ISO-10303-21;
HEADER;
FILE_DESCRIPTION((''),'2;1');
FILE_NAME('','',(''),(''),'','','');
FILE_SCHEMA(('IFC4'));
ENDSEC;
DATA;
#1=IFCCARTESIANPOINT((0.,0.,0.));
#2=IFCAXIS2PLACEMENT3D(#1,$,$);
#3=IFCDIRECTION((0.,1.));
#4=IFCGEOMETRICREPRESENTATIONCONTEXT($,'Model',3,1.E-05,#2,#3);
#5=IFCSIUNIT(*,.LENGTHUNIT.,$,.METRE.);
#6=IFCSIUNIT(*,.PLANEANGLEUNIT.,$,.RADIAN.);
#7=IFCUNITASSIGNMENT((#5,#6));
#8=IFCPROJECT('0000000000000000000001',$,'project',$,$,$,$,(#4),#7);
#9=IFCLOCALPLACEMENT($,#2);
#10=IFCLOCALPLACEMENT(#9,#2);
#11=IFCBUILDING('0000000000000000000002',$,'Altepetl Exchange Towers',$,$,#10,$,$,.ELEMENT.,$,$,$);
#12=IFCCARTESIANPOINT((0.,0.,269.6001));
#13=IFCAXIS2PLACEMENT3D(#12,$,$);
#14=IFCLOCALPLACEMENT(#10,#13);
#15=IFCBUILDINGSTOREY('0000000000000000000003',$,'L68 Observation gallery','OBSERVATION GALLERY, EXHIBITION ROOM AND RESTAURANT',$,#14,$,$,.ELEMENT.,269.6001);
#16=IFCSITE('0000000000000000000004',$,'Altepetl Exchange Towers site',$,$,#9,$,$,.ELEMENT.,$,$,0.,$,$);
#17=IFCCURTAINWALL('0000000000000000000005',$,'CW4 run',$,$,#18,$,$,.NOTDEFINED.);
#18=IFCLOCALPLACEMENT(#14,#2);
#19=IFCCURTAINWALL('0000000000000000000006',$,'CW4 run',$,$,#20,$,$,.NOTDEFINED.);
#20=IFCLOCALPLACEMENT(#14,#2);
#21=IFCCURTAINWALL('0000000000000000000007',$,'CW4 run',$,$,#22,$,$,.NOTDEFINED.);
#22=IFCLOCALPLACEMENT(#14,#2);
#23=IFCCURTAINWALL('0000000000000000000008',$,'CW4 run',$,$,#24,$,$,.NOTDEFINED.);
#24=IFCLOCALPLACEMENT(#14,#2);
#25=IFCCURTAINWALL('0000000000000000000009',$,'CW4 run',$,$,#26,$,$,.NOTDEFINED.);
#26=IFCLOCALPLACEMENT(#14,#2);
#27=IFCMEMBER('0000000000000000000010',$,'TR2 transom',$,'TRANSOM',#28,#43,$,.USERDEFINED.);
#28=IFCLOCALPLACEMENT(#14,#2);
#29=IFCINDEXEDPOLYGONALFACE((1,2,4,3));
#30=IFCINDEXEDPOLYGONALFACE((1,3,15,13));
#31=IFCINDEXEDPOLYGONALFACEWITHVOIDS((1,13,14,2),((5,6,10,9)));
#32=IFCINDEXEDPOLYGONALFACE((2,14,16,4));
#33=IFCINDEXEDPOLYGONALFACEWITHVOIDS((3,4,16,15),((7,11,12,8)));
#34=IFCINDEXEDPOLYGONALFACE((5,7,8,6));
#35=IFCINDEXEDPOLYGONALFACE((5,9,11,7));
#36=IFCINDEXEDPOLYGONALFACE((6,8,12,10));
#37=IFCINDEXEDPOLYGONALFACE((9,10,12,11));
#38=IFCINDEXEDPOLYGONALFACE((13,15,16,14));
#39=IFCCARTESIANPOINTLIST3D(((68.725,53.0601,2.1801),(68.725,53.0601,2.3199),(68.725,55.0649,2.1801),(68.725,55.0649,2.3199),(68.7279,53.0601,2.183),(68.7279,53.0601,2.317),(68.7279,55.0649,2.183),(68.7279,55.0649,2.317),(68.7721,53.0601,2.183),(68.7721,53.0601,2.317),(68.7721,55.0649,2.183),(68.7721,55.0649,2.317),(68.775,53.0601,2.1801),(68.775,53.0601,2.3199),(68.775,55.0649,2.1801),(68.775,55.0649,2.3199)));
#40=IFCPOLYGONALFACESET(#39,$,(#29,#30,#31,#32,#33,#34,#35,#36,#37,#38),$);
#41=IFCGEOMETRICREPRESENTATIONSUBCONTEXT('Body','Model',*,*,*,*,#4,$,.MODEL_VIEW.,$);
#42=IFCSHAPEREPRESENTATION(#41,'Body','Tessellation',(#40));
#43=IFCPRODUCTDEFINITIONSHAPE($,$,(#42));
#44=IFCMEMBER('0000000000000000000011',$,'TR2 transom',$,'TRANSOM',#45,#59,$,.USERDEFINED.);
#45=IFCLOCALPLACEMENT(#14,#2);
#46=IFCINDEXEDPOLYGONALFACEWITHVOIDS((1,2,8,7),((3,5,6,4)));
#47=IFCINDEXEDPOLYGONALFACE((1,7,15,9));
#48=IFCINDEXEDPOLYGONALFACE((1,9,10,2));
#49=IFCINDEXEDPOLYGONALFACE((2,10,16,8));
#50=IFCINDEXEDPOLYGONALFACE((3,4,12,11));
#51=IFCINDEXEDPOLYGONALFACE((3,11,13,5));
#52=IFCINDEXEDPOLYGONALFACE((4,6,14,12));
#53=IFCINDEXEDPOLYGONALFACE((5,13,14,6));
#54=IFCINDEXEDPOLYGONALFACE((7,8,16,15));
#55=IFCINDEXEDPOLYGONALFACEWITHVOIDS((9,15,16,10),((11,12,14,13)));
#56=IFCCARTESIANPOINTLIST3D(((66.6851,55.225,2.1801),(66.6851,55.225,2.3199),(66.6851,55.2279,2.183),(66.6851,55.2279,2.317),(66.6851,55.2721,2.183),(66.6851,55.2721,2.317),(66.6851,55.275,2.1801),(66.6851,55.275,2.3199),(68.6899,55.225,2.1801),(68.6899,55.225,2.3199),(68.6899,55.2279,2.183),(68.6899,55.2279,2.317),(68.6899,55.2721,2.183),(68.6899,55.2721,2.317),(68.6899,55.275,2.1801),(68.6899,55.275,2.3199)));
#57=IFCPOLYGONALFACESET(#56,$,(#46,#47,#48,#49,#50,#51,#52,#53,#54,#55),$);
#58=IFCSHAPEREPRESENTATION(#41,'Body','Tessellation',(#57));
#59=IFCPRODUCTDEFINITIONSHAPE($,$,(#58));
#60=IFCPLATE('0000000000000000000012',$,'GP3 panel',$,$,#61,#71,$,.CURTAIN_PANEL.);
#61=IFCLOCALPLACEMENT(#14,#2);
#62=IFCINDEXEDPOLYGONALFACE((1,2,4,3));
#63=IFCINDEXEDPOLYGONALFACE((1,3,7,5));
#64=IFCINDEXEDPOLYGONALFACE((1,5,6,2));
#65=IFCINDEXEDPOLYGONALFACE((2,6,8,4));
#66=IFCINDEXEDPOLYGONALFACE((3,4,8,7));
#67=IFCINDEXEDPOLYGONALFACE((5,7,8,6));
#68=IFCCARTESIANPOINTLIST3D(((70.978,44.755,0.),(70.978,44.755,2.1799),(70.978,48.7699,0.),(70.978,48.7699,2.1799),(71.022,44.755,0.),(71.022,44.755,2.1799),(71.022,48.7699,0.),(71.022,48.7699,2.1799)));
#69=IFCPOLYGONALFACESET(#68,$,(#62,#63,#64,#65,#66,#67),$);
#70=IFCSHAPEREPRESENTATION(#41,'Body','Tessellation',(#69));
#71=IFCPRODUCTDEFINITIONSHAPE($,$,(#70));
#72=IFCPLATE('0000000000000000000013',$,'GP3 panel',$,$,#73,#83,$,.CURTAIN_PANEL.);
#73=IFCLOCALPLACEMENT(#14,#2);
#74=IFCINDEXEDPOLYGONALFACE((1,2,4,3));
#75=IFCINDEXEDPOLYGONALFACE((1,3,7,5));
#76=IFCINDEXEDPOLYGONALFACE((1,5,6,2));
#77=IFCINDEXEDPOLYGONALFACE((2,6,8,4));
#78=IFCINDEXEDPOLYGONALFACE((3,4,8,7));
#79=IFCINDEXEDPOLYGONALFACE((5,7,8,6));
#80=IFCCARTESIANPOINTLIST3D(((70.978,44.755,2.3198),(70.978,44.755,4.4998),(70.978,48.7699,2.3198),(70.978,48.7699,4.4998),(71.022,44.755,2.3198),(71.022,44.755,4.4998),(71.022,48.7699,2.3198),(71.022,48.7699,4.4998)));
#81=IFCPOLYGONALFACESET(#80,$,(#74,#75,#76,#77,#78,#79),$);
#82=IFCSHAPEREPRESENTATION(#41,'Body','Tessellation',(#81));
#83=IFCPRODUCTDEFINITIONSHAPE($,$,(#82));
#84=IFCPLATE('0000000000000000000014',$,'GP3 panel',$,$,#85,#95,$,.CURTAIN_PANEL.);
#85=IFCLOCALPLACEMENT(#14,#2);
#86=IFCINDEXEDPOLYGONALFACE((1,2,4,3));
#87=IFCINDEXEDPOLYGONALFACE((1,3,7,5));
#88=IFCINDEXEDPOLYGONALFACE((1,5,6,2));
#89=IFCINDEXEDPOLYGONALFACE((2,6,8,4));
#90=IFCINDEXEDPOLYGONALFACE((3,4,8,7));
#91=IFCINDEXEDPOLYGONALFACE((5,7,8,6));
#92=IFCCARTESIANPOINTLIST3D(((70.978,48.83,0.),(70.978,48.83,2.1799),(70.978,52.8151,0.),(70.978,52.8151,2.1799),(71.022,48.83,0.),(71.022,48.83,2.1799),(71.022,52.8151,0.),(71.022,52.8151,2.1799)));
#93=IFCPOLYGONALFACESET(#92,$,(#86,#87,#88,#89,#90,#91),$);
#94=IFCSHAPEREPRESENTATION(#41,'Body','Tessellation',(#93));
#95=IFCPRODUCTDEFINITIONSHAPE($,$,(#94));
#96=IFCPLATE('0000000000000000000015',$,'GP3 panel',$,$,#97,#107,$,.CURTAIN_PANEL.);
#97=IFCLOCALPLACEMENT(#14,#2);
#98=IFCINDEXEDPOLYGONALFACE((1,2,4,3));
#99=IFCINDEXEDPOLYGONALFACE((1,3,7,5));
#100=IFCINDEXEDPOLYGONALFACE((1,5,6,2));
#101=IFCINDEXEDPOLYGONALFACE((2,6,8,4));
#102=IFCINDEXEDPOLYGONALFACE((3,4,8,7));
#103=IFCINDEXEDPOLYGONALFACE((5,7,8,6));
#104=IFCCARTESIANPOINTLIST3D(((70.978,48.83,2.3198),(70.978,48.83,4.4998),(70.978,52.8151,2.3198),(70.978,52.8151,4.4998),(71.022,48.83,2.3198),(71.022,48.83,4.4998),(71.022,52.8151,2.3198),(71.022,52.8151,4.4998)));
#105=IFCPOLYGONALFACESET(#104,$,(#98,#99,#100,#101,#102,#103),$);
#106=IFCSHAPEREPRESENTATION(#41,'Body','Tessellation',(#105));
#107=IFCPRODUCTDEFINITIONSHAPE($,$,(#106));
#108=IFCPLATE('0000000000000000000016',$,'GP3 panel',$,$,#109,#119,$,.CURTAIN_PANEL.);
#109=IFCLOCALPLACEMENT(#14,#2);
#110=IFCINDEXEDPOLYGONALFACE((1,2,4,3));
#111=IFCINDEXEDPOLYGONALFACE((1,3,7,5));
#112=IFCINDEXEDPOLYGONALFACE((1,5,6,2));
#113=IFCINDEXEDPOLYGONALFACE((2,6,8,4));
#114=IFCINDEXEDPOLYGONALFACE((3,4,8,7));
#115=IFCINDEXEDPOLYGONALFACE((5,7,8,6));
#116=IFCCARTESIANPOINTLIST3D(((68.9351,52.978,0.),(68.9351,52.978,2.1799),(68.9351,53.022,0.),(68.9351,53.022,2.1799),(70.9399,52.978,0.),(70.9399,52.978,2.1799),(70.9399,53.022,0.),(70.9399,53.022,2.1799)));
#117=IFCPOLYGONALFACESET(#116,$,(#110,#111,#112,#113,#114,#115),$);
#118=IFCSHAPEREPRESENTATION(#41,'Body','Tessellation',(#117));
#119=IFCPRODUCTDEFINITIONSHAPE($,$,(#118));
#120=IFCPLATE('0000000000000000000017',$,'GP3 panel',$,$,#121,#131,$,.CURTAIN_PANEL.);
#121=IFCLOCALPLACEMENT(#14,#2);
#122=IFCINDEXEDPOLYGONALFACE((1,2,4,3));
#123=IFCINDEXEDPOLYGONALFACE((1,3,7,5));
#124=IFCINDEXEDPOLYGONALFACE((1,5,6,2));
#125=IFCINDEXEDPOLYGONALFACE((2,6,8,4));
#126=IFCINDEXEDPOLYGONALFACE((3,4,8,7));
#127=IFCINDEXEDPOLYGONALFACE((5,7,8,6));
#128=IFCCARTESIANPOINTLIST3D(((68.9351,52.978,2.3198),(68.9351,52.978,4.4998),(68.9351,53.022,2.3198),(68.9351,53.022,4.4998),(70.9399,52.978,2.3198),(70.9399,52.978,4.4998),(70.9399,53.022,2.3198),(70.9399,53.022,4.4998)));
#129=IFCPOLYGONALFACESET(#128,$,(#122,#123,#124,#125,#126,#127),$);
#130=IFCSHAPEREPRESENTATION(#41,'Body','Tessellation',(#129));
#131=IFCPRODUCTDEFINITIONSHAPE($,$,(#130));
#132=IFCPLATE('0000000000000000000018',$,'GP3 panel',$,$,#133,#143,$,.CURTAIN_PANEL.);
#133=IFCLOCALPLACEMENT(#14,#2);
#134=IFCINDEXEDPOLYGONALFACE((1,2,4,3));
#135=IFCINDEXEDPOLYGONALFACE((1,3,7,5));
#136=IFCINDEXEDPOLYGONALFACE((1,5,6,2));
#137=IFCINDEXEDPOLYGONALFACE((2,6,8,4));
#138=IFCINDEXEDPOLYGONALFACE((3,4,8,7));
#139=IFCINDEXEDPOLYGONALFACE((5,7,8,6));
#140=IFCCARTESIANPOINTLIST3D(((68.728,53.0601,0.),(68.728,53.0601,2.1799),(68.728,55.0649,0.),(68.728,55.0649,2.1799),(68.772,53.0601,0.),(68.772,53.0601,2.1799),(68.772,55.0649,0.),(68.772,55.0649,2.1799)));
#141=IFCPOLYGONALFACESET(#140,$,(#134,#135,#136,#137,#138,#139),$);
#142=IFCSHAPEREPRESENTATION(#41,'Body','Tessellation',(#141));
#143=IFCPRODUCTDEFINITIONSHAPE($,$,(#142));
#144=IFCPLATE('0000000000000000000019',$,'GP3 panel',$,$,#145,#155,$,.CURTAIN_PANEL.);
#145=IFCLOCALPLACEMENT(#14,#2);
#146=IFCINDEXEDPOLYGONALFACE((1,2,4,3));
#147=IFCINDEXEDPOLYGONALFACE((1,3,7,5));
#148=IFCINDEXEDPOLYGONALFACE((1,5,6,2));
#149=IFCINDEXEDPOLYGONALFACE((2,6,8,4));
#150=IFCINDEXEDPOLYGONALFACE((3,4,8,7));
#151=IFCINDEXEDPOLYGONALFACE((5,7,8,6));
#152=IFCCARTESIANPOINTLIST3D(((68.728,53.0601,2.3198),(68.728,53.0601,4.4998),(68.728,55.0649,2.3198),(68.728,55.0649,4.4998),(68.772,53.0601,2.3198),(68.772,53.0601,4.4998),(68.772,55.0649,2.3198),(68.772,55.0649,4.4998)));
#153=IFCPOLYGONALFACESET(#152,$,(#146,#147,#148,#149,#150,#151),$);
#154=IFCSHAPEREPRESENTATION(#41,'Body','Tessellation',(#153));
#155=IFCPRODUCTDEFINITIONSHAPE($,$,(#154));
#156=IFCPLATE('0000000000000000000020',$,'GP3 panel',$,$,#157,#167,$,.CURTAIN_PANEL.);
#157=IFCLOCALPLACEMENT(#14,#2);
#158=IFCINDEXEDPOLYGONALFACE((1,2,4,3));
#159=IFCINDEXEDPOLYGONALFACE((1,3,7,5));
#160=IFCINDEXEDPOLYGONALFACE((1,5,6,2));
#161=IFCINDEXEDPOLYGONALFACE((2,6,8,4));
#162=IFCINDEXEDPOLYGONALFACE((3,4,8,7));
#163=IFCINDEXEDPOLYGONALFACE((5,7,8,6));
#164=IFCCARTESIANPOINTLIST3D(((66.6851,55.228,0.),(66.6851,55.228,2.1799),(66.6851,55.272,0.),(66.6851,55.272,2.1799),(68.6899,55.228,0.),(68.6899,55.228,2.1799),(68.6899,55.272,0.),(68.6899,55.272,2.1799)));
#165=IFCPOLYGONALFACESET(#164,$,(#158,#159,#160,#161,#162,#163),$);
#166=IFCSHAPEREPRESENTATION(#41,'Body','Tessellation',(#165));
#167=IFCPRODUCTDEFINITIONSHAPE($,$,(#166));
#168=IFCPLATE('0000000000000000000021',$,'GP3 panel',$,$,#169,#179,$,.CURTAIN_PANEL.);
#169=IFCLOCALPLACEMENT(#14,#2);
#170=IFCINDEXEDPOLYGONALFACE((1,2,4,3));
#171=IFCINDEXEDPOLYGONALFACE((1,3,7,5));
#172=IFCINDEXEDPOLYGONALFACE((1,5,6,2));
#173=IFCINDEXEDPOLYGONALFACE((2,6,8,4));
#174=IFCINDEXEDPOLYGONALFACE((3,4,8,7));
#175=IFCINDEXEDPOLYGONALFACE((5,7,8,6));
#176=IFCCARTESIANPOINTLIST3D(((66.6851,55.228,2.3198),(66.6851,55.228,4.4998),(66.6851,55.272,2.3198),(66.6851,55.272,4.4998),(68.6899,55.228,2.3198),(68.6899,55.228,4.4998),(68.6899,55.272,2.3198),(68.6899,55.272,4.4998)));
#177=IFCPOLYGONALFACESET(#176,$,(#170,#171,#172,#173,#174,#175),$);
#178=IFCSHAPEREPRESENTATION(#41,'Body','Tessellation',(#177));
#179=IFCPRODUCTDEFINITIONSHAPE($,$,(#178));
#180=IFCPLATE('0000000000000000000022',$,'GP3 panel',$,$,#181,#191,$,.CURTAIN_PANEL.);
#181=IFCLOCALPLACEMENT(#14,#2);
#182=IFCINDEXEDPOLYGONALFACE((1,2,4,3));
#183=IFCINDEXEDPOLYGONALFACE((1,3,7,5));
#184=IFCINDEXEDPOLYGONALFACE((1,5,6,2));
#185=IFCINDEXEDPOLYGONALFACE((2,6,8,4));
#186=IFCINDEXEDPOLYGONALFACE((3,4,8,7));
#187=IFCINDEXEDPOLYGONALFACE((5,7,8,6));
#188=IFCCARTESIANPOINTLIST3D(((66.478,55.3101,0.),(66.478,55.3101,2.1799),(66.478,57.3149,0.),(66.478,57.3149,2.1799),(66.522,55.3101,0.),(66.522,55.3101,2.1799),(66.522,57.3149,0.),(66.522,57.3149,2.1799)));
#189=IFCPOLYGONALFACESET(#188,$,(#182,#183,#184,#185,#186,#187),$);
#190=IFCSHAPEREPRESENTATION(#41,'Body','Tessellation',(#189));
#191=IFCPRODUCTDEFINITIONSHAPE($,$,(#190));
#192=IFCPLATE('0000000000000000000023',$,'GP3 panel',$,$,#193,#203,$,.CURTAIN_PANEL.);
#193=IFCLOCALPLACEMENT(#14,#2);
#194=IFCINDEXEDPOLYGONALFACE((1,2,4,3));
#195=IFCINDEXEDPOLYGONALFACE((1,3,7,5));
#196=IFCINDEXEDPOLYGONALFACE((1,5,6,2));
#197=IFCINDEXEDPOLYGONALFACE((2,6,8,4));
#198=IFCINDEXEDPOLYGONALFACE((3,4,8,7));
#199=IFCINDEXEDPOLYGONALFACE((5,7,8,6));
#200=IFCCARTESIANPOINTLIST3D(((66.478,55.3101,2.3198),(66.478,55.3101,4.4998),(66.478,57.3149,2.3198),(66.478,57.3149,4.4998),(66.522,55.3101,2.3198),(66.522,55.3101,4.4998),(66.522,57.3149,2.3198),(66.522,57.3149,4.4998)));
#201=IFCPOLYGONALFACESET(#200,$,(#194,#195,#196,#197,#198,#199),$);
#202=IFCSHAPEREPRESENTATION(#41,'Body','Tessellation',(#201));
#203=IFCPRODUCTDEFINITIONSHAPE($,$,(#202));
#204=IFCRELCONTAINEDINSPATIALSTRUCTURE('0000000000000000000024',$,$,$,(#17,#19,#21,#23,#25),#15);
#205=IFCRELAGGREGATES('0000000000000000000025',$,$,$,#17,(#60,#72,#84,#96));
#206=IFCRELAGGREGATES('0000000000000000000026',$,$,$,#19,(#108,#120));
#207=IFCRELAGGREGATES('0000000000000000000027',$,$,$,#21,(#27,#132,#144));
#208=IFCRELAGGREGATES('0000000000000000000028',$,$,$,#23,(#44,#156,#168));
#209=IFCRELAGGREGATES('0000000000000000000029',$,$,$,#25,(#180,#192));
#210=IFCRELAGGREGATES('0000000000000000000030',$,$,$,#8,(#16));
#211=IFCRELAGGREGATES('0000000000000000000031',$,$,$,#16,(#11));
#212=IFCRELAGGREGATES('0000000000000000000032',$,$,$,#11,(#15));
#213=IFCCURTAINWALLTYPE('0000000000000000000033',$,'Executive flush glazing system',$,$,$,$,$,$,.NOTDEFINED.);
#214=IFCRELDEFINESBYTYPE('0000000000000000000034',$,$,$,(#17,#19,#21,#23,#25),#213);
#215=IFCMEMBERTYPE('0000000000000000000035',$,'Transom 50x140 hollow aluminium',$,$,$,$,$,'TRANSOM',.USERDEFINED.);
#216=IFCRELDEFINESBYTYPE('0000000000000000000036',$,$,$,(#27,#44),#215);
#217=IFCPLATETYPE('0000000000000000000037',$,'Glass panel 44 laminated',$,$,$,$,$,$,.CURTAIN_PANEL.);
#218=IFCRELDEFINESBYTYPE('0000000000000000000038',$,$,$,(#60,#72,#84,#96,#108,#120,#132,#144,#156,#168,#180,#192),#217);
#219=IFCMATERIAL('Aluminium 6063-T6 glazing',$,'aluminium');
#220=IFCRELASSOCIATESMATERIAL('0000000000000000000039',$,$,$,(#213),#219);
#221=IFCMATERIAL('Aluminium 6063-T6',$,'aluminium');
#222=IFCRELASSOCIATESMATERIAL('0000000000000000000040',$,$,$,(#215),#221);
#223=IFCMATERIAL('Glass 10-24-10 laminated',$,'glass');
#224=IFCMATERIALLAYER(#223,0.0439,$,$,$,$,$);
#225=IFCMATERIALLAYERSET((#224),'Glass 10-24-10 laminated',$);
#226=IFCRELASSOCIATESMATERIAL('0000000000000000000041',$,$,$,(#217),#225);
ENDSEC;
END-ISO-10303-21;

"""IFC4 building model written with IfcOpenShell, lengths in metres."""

from ifc_helpers import new_model, si_unit, direction, frame, origin, origin_2d, place, context, subcontext, project, spatial, rectangle, hollow_rectangle, extrude, material, layer, layer_set, material_profile, profile_set, type_object, element, aggregate, save


model = new_model("IFC4")

# Units and contexts
model_context = context("Model", 3, precision=1e-05, world=origin(), true_north=direction((0.0, 1.0)))
body_context = subcontext(model_context, "Body", "Model", "MODEL_VIEW")
ifc_project = project(units=[si_unit("LENGTHUNIT", "METRE"), si_unit("PLANEANGLEUNIT", "RADIAN")], contexts=[model_context])

# Site, building, storey
site_placement = place(None, origin())
site = spatial("IfcSite", under=ifc_project, at=site_placement, Name="Altepetl Exchange Towers site", CompositionType="ELEMENT", RefElevation=0.0)
building_placement = place(site_placement, origin())
building = spatial("IfcBuilding", under=site, at=building_placement, Name="Altepetl Exchange Towers", CompositionType="ELEMENT")
storey_placement = place(building_placement, frame((0.0, 0.0, 269.6001)))
storey = spatial("IfcBuildingStorey", under=building, at=storey_placement, Name="L68 Observation gallery", Description="OBSERVATION GALLERY, EXHIBITION ROOM AND RESTAURANT", CompositionType="ELEMENT", Elevation=269.6001)

# Curtain walls
ifc_material_1 = material(Name="Aluminium 6063-T6 glazing", Category="aluminium")
curtain_wall_type = type_object("IfcCurtainWallType", Name="Executive flush glazing system", PredefinedType="NOTDEFINED", material=ifc_material_1)
curtain_wall_1_placement = place(storey_placement, origin())
curtain_wall_1 = element("IfcCurtainWall", 1, at=curtain_wall_1_placement, inside=storey, type_object=curtain_wall_type, Name="CW4 run", PredefinedType="NOTDEFINED")
ifc_material_2 = material(Name="Aluminium 6063-T6", Category="aluminium")
curtain_wall_2_placement = place(storey_placement, origin())
curtain_wall_2 = element("IfcCurtainWall", 2, at=curtain_wall_2_placement, inside=storey, type_object=curtain_wall_type, Name="CW4 run", PredefinedType="NOTDEFINED")
curtain_wall_3_placement = place(storey_placement, origin())
curtain_wall_3 = element("IfcCurtainWall", 3, at=curtain_wall_3_placement, inside=storey, type_object=curtain_wall_type, Name="CW4 run", PredefinedType="NOTDEFINED")
curtain_wall_4_placement = place(storey_placement, origin())
curtain_wall_4 = element("IfcCurtainWall", 4, at=curtain_wall_4_placement, inside=storey, type_object=curtain_wall_type, Name="CW4 run", PredefinedType="NOTDEFINED")

# Curtain wall
curtain_wall_5_placement = place(storey_placement, origin())
curtain_wall_5 = element("IfcCurtainWall", 5, at=curtain_wall_5_placement, inside=storey, type_object=curtain_wall_type, Name="CW4 run", PredefinedType="NOTDEFINED")

# Members
ifc_material_profile_1 = material_profile(ifc_material_2, hollow_rectangle(XDim=0.05, YDim=0.1399, WallThickness=0.0029, at=origin_2d()), Name="Transom 50x140 hollow aluminium")
ifc_profile_set_1 = profile_set([ifc_material_profile_1], Name="Aluminium 6063-T6")
member_type_1 = type_object("IfcMemberType", Name="Transom 50x140 hollow aluminium", ElementType="TRANSOM", PredefinedType="USERDEFINED", material=ifc_profile_set_1)
member_1_placement = place(storey_placement, frame((68.75, 53.0601, 2.25), z_axis=(0.0, 1.0, 0.0), x_axis=(-1.0, 0.0, 0.0)))
member_1 = element("IfcMember", 6, at=member_1_placement, type_object=member_type_1, Name="TR2 transom", ObjectType="TRANSOM", PredefinedType="USERDEFINED", context=body_context, shape_type="SweptSolid", body=[
    extrude(hollow_rectangle(XDim=0.05, YDim=0.1399, WallThickness=0.0029, at=origin_2d()), origin(), (0.0, 0.0, 1.0), 2.0049),
])
member_2_placement = place(storey_placement, frame((68.6899, 55.25, 2.25), z_axis=(-1.0, 0.0, 0.0), x_axis=(0.0, -1.0, 0.0)))
member_2 = element("IfcMember", 7, at=member_2_placement, type_object=member_type_1, Name="TR2 transom", ObjectType="TRANSOM", PredefinedType="USERDEFINED", context=body_context, shape_type="SweptSolid", body=[
    extrude(hollow_rectangle(XDim=0.05, YDim=0.1399, WallThickness=0.0029, at=origin_2d()), origin(), (0.0, 0.0, 1.0), 2.0049),
])

# Plates
ifc_material_3 = material(Name="Glass 10-24-10 laminated", Category="glass")
ifc_layer = layer(ifc_material_3, 0.0439)
ifc_layer_set = layer_set([ifc_layer], Name="Glass 10-24-10 laminated")
plate_type = type_object("IfcPlateType", Name="Glass panel 44 laminated", PredefinedType="CURTAIN_PANEL", material=ifc_layer_set)
plate_1_placement = place(storey_placement, frame((71.0, 46.7625, 0.0), z_axis=(0.0, 0.0, 1.0), x_axis=(0.0, 1.0, 0.0)))
plate_1 = element("IfcPlate", 8, at=plate_1_placement, type_object=plate_type, Name="GP3 panel", PredefinedType="CURTAIN_PANEL", context=body_context, shape_type="SweptSolid", body=[
    extrude(rectangle(XDim=4.0149, YDim=0.0439, at=origin_2d()), origin(), (0.0, 0.0, 1.0), 2.1799),
])
plate_2_placement = place(storey_placement, frame((71.0, 46.7625, 2.3198), z_axis=(0.0, 0.0, 1.0), x_axis=(0.0, 1.0, 0.0)))
plate_2 = element("IfcPlate", 9, at=plate_2_placement, type_object=plate_type, Name="GP3 panel", PredefinedType="CURTAIN_PANEL", context=body_context, shape_type="SweptSolid", body=[
    extrude(rectangle(XDim=4.0149, YDim=0.0439, at=origin_2d()), origin(), (0.0, 0.0, 1.0), 2.1799),
])
plate_3_placement = place(storey_placement, frame((71.0, 50.8225, 0.0), z_axis=(0.0, 0.0, 1.0), x_axis=(0.0, 1.0, 0.0)))
plate_3 = element("IfcPlate", 10, at=plate_3_placement, type_object=plate_type, Name="GP3 panel", PredefinedType="CURTAIN_PANEL", context=body_context, shape_type="SweptSolid", body=[
    extrude(rectangle(XDim=3.9851, YDim=0.0439, at=origin_2d()), origin(), (0.0, 0.0, 1.0), 2.1799),
])
plate_4_placement = place(storey_placement, frame((71.0, 50.8225, 2.3198), z_axis=(0.0, 0.0, 1.0), x_axis=(0.0, 1.0, 0.0)))
plate_4 = element("IfcPlate", 11, at=plate_4_placement, type_object=plate_type, Name="GP3 panel", PredefinedType="CURTAIN_PANEL", context=body_context, shape_type="SweptSolid", body=[
    extrude(rectangle(XDim=3.9851, YDim=0.0439, at=origin_2d()), origin(), (0.0, 0.0, 1.0), 2.1799),
])
aggregate(curtain_wall_1, [plate_1, plate_2, plate_3, plate_4])
plate_5_placement = place(storey_placement, frame((69.9375, 53.0, 0.0), z_axis=(0.0, 0.0, 1.0), x_axis=(-1.0, 0.0, 0.0)))
plate_5 = element("IfcPlate", 12, at=plate_5_placement, type_object=plate_type, Name="GP3 panel", PredefinedType="CURTAIN_PANEL", context=body_context, shape_type="SweptSolid", body=[
    extrude(rectangle(XDim=2.0049, YDim=0.0439, at=origin_2d()), origin(), (0.0, 0.0, 1.0), 2.1799),
])
plate_6_placement = place(storey_placement, frame((69.9375, 53.0, 2.3198), z_axis=(0.0, 0.0, 1.0), x_axis=(-1.0, 0.0, 0.0)))
plate_6 = element("IfcPlate", 13, at=plate_6_placement, type_object=plate_type, Name="GP3 panel", PredefinedType="CURTAIN_PANEL", context=body_context, shape_type="SweptSolid", body=[
    extrude(rectangle(XDim=2.0049, YDim=0.0439, at=origin_2d()), origin(), (0.0, 0.0, 1.0), 2.1799),
])
aggregate(curtain_wall_2, [plate_5, plate_6])
plate_7_placement = place(storey_placement, frame((68.75, 54.0625, 0.0), z_axis=(0.0, 0.0, 1.0), x_axis=(0.0, 1.0, 0.0)))
plate_7 = element("IfcPlate", 14, at=plate_7_placement, type_object=plate_type, Name="GP3 panel", PredefinedType="CURTAIN_PANEL", context=body_context, shape_type="SweptSolid", body=[
    extrude(rectangle(XDim=2.0049, YDim=0.0439, at=origin_2d()), origin(), (0.0, 0.0, 1.0), 2.1799),
])
plate_8_placement = place(storey_placement, frame((68.75, 54.0625, 2.3198), z_axis=(0.0, 0.0, 1.0), x_axis=(0.0, 1.0, 0.0)))
plate_8 = element("IfcPlate", 15, at=plate_8_placement, type_object=plate_type, Name="GP3 panel", PredefinedType="CURTAIN_PANEL", context=body_context, shape_type="SweptSolid", body=[
    extrude(rectangle(XDim=2.0049, YDim=0.0439, at=origin_2d()), origin(), (0.0, 0.0, 1.0), 2.1799),
])
aggregate(curtain_wall_3, [member_1, plate_7, plate_8])
plate_9_placement = place(storey_placement, frame((67.6875, 55.25, 0.0), z_axis=(0.0, 0.0, 1.0), x_axis=(-1.0, 0.0, 0.0)))
plate_9 = element("IfcPlate", 16, at=plate_9_placement, type_object=plate_type, Name="GP3 panel", PredefinedType="CURTAIN_PANEL", context=body_context, shape_type="SweptSolid", body=[
    extrude(rectangle(XDim=2.0049, YDim=0.0439, at=origin_2d()), origin(), (0.0, 0.0, 1.0), 2.1799),
])
plate_10_placement = place(storey_placement, frame((67.6875, 55.25, 2.3198), z_axis=(0.0, 0.0, 1.0), x_axis=(-1.0, 0.0, 0.0)))
plate_10 = element("IfcPlate", 17, at=plate_10_placement, type_object=plate_type, Name="GP3 panel", PredefinedType="CURTAIN_PANEL", context=body_context, shape_type="SweptSolid", body=[
    extrude(rectangle(XDim=2.0049, YDim=0.0439, at=origin_2d()), origin(), (0.0, 0.0, 1.0), 2.1799),
])
aggregate(curtain_wall_4, [member_2, plate_9, plate_10])
plate_11_placement = place(storey_placement, frame((66.5, 56.3125, 0.0), z_axis=(0.0, 0.0, 1.0), x_axis=(0.0, 1.0, 0.0)))
plate_11 = element("IfcPlate", 18, at=plate_11_placement, type_object=plate_type, Name="GP3 panel", PredefinedType="CURTAIN_PANEL", context=body_context, shape_type="SweptSolid", body=[
    extrude(rectangle(XDim=2.0049, YDim=0.0439, at=origin_2d()), origin(), (0.0, 0.0, 1.0), 2.1799),
])
plate_12_placement = place(storey_placement, frame((66.5, 56.3125, 2.3198), z_axis=(0.0, 0.0, 1.0), x_axis=(0.0, 1.0, 0.0)))
plate_12 = element("IfcPlate", 19, at=plate_12_placement, type_object=plate_type, Name="GP3 panel", PredefinedType="CURTAIN_PANEL", context=body_context, shape_type="SweptSolid", body=[
    extrude(rectangle(XDim=2.0049, YDim=0.0439, at=origin_2d()), origin(), (0.0, 0.0, 1.0), 2.1799),
])
aggregate(curtain_wall_5, [plate_11, plate_12])

save(model, "model.ifc")
